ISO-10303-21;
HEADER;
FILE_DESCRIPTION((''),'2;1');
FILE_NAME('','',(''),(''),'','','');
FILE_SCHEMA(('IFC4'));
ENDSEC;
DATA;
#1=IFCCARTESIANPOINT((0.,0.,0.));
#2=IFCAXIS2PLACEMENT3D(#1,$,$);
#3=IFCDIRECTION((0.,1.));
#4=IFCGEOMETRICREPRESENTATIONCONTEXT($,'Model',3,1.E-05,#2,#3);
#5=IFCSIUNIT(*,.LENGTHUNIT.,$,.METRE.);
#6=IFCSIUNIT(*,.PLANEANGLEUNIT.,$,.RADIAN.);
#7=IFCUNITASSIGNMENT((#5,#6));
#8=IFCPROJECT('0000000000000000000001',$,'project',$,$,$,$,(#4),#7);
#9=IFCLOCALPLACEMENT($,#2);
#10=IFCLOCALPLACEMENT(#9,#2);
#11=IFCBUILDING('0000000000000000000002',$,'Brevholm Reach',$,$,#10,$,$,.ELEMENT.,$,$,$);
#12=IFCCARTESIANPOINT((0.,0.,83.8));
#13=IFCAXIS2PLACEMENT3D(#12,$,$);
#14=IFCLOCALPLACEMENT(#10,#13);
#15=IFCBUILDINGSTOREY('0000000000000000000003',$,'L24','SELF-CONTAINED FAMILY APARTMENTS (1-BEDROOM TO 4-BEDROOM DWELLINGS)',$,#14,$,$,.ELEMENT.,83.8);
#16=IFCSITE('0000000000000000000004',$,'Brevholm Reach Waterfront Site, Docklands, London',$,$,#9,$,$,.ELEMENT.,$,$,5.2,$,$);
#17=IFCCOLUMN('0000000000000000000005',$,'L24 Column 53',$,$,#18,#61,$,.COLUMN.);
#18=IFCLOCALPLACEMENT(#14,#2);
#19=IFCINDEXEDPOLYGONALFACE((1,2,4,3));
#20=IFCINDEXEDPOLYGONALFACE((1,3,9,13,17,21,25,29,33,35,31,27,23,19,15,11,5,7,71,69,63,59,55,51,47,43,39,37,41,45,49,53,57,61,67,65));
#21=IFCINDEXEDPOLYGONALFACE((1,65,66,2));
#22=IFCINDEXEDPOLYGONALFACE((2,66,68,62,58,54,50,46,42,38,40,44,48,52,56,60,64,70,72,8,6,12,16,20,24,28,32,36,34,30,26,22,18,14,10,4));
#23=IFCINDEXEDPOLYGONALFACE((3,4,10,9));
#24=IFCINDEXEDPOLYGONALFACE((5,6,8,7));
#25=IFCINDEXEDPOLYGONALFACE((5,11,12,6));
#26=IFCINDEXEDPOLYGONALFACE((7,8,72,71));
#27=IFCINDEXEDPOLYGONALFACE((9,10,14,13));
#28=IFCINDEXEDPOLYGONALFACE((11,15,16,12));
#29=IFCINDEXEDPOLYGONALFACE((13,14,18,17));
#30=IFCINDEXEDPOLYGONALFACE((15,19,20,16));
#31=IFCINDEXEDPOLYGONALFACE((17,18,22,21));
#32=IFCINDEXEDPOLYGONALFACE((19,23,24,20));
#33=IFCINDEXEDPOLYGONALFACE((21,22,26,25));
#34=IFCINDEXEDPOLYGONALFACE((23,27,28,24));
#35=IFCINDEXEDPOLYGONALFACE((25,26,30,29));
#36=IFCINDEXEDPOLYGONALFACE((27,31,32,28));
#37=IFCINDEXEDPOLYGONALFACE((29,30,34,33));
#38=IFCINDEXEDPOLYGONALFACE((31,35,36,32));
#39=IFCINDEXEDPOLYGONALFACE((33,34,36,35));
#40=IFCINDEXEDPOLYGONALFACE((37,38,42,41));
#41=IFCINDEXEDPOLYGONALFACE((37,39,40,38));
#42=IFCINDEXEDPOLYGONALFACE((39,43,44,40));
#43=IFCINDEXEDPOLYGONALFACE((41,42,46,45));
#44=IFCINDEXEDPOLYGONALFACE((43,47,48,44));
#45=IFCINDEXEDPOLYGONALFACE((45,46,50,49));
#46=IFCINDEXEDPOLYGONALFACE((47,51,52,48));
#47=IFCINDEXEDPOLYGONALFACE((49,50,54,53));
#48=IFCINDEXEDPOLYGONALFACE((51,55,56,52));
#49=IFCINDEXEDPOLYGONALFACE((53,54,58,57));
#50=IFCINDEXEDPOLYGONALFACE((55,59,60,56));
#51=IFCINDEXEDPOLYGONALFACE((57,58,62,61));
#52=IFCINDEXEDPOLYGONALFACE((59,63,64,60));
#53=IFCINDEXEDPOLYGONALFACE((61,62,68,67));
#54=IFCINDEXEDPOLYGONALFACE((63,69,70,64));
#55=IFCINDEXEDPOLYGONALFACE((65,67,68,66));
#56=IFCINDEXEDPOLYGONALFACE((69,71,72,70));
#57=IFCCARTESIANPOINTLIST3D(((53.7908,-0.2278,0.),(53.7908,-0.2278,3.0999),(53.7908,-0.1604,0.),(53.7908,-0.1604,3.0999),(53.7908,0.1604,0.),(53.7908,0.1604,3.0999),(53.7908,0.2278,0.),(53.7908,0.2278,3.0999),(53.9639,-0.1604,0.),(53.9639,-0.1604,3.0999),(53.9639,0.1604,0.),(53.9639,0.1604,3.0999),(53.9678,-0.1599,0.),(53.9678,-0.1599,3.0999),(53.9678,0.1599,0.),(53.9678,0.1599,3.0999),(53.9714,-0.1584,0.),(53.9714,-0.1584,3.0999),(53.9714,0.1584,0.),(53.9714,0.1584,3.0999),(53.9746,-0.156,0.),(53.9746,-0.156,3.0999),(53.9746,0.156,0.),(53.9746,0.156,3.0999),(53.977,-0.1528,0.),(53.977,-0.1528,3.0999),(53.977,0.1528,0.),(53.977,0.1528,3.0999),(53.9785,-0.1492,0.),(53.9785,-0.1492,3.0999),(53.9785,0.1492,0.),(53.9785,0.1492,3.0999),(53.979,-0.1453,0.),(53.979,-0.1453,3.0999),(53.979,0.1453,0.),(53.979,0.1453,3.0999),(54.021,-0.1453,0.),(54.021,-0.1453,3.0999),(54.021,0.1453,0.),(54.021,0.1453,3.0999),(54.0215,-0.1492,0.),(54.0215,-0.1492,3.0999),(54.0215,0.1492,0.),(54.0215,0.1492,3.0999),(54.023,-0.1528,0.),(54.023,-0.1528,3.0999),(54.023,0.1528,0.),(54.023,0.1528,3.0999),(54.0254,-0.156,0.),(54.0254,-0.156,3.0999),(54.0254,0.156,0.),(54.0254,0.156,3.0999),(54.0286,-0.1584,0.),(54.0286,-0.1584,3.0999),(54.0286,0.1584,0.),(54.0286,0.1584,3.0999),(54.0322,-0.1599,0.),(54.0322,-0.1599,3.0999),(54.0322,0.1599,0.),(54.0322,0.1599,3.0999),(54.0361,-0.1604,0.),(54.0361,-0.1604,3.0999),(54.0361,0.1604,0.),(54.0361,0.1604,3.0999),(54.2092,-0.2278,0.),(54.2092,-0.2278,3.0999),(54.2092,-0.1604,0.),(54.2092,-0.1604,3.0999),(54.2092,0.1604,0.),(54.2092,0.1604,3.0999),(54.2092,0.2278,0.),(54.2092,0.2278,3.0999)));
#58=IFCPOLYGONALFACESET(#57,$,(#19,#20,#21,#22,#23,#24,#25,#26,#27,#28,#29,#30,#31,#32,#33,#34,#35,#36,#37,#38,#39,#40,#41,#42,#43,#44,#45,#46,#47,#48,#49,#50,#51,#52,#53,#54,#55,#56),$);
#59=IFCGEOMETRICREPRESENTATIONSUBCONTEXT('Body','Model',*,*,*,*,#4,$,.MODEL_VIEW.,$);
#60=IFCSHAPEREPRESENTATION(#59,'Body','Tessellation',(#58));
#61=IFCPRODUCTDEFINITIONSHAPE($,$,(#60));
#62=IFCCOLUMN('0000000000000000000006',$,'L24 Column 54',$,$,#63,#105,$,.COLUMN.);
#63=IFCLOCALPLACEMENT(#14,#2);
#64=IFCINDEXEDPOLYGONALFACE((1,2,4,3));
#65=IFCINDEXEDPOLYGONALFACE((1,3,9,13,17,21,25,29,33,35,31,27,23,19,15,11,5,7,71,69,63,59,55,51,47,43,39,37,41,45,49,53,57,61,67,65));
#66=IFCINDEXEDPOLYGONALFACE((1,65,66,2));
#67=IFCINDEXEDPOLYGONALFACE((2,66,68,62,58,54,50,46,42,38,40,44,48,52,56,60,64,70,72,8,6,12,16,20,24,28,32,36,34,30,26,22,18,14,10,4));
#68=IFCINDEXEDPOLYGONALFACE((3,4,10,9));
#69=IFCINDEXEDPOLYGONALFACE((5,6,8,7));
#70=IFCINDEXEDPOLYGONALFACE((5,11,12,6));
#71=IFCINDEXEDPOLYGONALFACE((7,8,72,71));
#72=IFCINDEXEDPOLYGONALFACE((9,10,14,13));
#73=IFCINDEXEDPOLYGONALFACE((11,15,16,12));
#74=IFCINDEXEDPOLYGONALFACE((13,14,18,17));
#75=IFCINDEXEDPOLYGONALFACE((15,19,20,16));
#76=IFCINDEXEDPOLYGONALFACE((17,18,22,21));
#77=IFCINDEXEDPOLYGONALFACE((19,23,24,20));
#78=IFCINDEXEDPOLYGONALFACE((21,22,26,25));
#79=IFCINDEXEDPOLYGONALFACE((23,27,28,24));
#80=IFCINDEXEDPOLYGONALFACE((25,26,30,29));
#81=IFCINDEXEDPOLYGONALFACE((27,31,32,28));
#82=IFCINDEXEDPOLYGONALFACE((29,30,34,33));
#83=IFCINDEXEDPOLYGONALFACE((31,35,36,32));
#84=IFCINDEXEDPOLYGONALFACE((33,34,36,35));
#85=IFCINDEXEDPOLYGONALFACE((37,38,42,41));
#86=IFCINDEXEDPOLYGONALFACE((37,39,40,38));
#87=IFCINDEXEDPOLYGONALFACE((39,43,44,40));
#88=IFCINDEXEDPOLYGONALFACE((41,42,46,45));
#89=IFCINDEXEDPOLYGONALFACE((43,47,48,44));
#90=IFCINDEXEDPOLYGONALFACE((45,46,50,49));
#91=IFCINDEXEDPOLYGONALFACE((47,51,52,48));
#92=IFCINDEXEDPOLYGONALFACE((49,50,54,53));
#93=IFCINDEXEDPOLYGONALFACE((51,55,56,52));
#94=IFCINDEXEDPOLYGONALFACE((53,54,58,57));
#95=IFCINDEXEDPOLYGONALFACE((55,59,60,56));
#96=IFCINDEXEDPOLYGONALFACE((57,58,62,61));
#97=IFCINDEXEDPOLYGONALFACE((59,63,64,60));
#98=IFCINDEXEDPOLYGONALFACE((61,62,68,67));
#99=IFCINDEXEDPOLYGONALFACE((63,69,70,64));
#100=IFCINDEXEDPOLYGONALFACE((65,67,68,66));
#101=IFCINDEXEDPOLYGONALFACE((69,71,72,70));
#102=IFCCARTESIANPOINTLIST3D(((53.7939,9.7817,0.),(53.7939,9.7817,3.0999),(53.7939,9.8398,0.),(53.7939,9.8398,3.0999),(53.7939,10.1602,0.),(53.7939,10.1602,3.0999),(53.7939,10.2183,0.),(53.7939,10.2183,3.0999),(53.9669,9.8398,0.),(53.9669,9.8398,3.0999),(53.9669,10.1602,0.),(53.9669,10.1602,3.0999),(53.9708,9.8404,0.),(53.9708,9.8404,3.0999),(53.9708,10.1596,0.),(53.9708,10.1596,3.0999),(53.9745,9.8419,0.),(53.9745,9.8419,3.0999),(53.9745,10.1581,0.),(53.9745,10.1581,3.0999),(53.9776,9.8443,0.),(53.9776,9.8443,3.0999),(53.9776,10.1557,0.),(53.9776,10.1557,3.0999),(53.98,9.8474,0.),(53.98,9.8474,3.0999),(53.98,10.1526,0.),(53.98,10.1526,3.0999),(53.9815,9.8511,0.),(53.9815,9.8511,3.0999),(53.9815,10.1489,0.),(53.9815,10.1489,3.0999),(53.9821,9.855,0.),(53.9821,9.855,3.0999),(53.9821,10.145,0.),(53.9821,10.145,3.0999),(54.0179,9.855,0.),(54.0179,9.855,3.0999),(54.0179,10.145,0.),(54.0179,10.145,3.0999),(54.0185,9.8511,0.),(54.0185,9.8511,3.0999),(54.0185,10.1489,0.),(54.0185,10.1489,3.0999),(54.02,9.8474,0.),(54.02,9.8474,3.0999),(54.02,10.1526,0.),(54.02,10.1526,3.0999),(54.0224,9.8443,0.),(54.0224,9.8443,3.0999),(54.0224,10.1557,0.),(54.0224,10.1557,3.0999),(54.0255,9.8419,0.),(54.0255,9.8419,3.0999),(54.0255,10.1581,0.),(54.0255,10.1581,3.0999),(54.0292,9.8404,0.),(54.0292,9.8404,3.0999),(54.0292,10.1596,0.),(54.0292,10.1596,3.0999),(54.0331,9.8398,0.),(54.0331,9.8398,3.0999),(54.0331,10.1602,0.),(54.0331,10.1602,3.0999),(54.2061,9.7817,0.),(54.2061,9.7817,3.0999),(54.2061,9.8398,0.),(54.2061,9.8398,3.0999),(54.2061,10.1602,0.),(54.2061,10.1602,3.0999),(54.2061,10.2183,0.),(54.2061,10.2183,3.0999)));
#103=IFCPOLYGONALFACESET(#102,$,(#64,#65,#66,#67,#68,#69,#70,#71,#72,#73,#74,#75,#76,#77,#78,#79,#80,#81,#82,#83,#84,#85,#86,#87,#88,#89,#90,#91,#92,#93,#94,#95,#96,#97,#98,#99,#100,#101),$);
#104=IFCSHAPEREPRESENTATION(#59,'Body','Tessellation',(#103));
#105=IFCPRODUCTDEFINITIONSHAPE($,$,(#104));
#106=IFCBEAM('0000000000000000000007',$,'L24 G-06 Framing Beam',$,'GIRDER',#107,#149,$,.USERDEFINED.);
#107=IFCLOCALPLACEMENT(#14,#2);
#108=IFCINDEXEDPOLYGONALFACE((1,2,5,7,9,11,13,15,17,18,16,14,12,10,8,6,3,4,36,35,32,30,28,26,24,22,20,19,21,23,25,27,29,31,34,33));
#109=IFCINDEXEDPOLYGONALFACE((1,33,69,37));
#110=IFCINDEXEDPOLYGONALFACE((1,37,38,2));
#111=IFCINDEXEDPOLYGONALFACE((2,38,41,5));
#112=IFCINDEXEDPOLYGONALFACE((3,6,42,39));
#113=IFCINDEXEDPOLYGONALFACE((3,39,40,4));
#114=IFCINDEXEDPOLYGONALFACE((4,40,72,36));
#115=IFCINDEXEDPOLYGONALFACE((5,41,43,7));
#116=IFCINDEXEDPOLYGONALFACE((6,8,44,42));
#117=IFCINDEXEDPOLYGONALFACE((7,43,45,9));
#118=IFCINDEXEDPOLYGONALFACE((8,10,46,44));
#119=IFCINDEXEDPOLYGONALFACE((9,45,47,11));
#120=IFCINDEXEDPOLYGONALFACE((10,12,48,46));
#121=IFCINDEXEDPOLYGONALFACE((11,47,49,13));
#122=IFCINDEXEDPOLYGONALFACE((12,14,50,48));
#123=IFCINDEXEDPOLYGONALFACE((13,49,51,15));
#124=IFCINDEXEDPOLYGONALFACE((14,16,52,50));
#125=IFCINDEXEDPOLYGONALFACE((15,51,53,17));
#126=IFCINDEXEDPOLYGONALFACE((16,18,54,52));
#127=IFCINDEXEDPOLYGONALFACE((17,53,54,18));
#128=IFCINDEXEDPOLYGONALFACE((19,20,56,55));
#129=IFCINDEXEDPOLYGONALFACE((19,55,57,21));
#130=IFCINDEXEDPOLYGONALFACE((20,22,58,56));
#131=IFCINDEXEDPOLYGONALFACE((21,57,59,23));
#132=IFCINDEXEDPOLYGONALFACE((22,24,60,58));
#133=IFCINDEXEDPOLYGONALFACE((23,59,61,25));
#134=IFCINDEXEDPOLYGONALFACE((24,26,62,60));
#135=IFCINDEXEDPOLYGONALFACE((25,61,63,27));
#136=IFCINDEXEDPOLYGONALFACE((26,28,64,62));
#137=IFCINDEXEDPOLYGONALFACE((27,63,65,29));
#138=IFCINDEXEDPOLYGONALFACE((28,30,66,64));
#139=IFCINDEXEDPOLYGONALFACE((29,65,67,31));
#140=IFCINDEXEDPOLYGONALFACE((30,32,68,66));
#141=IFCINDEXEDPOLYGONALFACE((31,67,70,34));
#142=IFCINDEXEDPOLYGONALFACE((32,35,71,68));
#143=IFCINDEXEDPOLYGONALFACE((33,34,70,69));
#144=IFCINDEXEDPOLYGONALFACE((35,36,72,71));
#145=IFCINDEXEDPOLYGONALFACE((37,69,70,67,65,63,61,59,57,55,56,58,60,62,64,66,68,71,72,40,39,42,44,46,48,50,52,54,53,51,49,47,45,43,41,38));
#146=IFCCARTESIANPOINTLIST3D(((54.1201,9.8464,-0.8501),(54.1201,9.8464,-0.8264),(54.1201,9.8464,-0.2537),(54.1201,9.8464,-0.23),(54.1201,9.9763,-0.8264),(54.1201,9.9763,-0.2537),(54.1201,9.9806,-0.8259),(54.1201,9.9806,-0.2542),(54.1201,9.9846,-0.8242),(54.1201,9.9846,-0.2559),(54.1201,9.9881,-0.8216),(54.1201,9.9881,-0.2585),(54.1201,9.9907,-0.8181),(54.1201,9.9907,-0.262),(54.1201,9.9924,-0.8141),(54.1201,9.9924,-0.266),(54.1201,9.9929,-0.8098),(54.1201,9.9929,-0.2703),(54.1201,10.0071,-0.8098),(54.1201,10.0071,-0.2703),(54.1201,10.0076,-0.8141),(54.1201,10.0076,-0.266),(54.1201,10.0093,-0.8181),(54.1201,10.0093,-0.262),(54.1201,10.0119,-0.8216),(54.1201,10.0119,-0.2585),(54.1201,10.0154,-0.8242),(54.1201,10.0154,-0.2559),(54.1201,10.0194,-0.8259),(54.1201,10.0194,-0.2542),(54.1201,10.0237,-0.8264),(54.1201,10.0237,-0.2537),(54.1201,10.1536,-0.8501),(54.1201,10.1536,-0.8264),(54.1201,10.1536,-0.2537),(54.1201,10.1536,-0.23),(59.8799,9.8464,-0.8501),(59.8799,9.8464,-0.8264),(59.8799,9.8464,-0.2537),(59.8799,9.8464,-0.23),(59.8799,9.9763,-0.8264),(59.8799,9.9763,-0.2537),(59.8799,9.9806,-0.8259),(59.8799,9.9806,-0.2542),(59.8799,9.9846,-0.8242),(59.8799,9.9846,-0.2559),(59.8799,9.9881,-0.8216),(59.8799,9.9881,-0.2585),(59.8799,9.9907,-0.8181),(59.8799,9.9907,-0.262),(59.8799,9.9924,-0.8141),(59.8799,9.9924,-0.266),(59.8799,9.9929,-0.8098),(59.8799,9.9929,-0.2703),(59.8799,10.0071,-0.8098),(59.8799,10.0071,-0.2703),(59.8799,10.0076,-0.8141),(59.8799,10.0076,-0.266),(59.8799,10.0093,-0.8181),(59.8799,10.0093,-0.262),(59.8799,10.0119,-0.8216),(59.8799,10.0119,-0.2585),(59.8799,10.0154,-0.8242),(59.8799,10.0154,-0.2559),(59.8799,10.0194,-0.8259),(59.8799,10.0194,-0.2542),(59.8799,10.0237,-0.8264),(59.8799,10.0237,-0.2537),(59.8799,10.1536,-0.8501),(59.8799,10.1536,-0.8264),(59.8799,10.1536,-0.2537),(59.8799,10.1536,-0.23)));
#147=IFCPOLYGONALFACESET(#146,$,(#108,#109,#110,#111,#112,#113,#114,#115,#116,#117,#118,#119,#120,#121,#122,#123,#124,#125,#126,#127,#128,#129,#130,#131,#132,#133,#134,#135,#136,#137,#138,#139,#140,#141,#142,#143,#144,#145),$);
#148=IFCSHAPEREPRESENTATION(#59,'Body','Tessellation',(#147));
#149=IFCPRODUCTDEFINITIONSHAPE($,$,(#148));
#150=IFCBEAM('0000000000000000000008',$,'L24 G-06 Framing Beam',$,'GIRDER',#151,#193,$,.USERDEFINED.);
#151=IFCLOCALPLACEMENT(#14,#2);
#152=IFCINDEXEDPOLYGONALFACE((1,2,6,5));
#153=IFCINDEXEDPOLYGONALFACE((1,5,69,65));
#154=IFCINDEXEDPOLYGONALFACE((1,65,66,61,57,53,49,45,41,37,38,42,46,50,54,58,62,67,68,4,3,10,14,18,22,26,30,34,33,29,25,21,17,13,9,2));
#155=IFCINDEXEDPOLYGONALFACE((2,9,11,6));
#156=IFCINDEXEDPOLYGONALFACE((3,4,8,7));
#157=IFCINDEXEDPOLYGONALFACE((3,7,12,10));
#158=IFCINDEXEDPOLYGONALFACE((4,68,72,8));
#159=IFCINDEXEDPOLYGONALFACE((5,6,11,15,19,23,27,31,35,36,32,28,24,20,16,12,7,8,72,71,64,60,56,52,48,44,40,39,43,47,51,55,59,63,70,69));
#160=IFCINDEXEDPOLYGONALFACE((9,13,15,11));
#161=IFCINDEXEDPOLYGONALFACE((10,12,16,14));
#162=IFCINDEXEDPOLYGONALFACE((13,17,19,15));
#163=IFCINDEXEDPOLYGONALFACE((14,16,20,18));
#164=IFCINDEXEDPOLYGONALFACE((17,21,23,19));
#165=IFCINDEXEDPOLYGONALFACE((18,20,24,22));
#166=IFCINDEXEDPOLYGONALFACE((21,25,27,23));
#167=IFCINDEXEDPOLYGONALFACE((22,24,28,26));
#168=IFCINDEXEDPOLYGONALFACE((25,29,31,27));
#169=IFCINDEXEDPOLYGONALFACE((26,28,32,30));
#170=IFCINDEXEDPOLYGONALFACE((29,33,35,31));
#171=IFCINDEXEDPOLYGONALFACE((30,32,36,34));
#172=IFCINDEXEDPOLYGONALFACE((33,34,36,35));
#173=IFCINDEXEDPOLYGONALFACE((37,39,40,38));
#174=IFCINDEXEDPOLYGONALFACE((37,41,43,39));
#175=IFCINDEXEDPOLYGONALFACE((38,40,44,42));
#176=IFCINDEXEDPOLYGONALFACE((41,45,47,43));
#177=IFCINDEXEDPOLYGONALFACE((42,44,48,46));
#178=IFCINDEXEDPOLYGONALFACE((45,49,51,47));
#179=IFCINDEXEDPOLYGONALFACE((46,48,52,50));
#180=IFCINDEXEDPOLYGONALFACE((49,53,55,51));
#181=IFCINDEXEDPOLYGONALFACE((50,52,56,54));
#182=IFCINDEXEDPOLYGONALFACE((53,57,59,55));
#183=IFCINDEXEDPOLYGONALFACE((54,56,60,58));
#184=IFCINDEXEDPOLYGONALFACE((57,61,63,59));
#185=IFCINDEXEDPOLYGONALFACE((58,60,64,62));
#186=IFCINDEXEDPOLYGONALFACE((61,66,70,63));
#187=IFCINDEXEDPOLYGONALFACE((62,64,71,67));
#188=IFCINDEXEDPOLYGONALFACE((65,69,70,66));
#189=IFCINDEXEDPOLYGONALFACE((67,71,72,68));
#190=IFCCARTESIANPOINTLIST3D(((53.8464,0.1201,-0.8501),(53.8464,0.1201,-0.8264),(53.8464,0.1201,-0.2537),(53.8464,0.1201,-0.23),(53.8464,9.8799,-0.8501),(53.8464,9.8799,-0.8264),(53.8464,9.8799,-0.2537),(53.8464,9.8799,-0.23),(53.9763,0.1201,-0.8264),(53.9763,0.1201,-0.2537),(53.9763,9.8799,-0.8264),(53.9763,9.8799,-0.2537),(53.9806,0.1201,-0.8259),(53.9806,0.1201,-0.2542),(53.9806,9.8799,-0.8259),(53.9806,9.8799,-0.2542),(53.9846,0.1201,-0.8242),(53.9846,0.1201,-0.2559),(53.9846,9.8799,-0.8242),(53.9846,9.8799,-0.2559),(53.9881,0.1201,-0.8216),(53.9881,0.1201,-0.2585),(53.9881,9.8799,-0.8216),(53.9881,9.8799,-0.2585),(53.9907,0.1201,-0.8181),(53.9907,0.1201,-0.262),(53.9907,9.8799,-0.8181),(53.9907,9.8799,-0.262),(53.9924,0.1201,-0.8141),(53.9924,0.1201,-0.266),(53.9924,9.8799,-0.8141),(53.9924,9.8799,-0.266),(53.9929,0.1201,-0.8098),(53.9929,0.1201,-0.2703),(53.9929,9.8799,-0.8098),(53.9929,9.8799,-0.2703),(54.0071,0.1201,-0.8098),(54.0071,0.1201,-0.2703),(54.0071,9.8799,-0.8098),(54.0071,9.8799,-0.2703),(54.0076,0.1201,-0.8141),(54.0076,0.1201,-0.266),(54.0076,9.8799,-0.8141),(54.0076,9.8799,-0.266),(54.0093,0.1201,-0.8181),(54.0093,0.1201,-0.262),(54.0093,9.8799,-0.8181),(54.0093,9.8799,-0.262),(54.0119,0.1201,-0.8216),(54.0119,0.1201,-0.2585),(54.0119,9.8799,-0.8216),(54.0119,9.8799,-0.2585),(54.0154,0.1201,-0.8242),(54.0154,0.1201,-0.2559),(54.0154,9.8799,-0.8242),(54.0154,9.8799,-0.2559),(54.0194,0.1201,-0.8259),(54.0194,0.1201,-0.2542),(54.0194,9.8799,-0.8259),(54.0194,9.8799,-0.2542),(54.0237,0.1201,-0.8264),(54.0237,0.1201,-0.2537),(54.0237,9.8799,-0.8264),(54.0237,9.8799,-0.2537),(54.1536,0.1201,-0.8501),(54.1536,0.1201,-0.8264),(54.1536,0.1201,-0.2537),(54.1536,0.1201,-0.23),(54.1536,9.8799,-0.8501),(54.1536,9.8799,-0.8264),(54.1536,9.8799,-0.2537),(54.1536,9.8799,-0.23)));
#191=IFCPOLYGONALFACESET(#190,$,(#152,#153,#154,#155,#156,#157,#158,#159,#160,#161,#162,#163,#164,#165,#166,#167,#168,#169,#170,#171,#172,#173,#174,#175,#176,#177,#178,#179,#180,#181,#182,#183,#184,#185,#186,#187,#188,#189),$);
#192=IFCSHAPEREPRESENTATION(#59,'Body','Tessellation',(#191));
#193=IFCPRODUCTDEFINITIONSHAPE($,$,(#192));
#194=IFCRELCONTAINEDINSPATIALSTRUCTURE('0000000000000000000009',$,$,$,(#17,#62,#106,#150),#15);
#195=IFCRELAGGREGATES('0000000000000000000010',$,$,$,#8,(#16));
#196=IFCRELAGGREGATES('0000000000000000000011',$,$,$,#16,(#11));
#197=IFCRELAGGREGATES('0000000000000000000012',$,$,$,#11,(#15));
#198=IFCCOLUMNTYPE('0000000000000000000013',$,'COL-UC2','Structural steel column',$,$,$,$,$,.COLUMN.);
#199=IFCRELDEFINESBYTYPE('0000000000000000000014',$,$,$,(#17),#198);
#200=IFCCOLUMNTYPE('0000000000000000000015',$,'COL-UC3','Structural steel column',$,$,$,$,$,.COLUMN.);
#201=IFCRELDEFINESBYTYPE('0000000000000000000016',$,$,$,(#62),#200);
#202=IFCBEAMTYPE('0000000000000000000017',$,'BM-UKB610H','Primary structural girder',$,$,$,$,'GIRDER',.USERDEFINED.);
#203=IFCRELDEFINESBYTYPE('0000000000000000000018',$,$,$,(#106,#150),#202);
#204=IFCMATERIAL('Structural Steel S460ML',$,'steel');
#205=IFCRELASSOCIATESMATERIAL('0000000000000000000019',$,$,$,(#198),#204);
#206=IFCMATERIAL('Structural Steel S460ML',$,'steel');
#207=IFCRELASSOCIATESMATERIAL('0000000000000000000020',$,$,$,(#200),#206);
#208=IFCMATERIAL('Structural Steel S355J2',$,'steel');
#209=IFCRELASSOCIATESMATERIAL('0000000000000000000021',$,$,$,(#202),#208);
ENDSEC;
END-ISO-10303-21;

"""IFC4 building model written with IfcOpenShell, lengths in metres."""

from ifc_helpers import new_model, si_unit, direction, frame, origin, origin_2d, place, context, subcontext, project, spatial, i_section, extrude, material, material_profile, profile_set, type_object, element, save


model = new_model("IFC4")

# Units and contexts
model_context = context("Model", 3, precision=1e-05, world=origin(), true_north=direction((0.0, 1.0)))
body_context = subcontext(model_context, "Body", "Model", "MODEL_VIEW")
ifc_project = project(units=[si_unit("LENGTHUNIT", "METRE"), si_unit("PLANEANGLEUNIT", "RADIAN")], contexts=[model_context])

# Site, building, storey
site_placement = place(None, origin())
site = spatial("IfcSite", under=ifc_project, at=site_placement, Name="Brevholm Reach Waterfront Site, Docklands, London", CompositionType="ELEMENT", RefElevation=5.2)
building_placement = place(site_placement, origin())
building = spatial("IfcBuilding", under=site, at=building_placement, Name="Brevholm Reach", CompositionType="ELEMENT")
storey_placement = place(building_placement, frame((0.0, 0.0, 83.8)))
storey = spatial("IfcBuildingStorey", under=building, at=storey_placement, Name="L24", Description="SELF-CONTAINED FAMILY APARTMENTS (1-BEDROOM TO 4-BEDROOM DWELLINGS)", CompositionType="ELEMENT", Elevation=83.8)

# Columns
ifc_material_1 = material(Name="Structural Steel S460ML", Category="steel")
ifc_material_profile_1 = material_profile(ifc_material_1, i_section(OverallWidth=0.4185, OverallDepth=0.4556, WebThickness=0.042, FlangeThickness=0.0674, FilletRadius=0.0151, at=origin_2d()), Name="UKC 356x406x551")
ifc_profile_set_1 = profile_set([ifc_material_profile_1], Name="Structural Steel S460ML")
column_type_1 = type_object("IfcColumnType", Name="COL-UC2", Description="Structural steel column", PredefinedType="COLUMN", material=ifc_profile_set_1)
column_1_placement = place(storey_placement, frame((54.0, 0.0, 0.0), z_axis=(0.0, 0.0, 1.0), x_axis=(1.0, 0.0, 0.0)))
element("IfcColumn", 1, at=column_1_placement, inside=storey, type_object=column_type_1, Name="L24 Column 53", PredefinedType="COLUMN", context=body_context, shape_type="SweptSolid", body=[
    extrude(i_section(OverallWidth=0.4185, OverallDepth=0.4556, WebThickness=0.042, FlangeThickness=0.0674, FilletRadius=0.0151, at=origin_2d()), origin(), (0.0, 0.0, 1.0), 3.0999),
])
ifc_material_2 = material(Name="Structural Steel S460ML", Category="steel")
ifc_material_profile_2 = material_profile(ifc_material_2, i_section(OverallWidth=0.4121, OverallDepth=0.4365, WebThickness=0.0359, FlangeThickness=0.0581, FilletRadius=0.0151, at=origin_2d()), Name="UKC 356x406x467")
ifc_profile_set_2 = profile_set([ifc_material_profile_2], Name="Structural Steel S460ML")
column_type_2 = type_object("IfcColumnType", Name="COL-UC3", Description="Structural steel column", PredefinedType="COLUMN", material=ifc_profile_set_2)
column_2_placement = place(storey_placement, frame((54.0, 10.0, 0.0), z_axis=(0.0, 0.0, 1.0), x_axis=(1.0, 0.0, 0.0)))
element("IfcColumn", 2, at=column_2_placement, inside=storey, type_object=column_type_2, Name="L24 Column 54", PredefinedType="COLUMN", context=body_context, shape_type="SweptSolid", body=[
    extrude(i_section(OverallWidth=0.4121, OverallDepth=0.4365, WebThickness=0.0359, FlangeThickness=0.0581, FilletRadius=0.0151, at=origin_2d()), origin(), (0.0, 0.0, 1.0), 3.0999),
])

# Beams
ifc_material_3 = material(Name="Structural Steel S355J2", Category="steel")
ifc_material_profile_3 = material_profile(ifc_material_3, i_section(OverallWidth=0.3071, OverallDepth=0.6201, WebThickness=0.0142, FlangeThickness=0.0237, FilletRadius=0.0166, at=origin_2d()), Name="UKB 610x305x179")
ifc_profile_set_3 = profile_set([ifc_material_profile_3], Name="Structural Steel S355J2")
beam_type = type_object("IfcBeamType", Name="BM-UKB610H", Description="Primary structural girder", ElementType="GIRDER", PredefinedType="USERDEFINED", material=ifc_profile_set_3)
beam_1_placement = place(storey_placement, frame((54.1201, 10.0, -0.54), z_axis=(1.0, 0.0, 0.0), x_axis=(0.0, 1.0, 0.0)))
element("IfcBeam", 3, at=beam_1_placement, inside=storey, type_object=beam_type, Name="L24 G-06 Framing Beam", ObjectType="GIRDER", PredefinedType="USERDEFINED", context=body_context, shape_type="SweptSolid", body=[
    extrude(i_section(OverallWidth=0.3071, OverallDepth=0.6201, WebThickness=0.0142, FlangeThickness=0.0237, FilletRadius=0.0166, at=origin_2d()), origin(), (0.0, 0.0, 1.0), 5.7598),
])
beam_2_placement = place(storey_placement, frame((54.0, 0.1201, -0.54), z_axis=(0.0, 1.0, 0.0), x_axis=(-1.0, 0.0, 0.0)))
element("IfcBeam", 4, at=beam_2_placement, inside=storey, type_object=beam_type, Name="L24 G-06 Framing Beam", ObjectType="GIRDER", PredefinedType="USERDEFINED", context=body_context, shape_type="SweptSolid", body=[
    extrude(i_section(OverallWidth=0.3071, OverallDepth=0.6201, WebThickness=0.0142, FlangeThickness=0.0237, FilletRadius=0.0166, at=origin_2d()), origin(), (0.0, 0.0, 1.0), 9.7598),
])

save(model, "model.ifc")
